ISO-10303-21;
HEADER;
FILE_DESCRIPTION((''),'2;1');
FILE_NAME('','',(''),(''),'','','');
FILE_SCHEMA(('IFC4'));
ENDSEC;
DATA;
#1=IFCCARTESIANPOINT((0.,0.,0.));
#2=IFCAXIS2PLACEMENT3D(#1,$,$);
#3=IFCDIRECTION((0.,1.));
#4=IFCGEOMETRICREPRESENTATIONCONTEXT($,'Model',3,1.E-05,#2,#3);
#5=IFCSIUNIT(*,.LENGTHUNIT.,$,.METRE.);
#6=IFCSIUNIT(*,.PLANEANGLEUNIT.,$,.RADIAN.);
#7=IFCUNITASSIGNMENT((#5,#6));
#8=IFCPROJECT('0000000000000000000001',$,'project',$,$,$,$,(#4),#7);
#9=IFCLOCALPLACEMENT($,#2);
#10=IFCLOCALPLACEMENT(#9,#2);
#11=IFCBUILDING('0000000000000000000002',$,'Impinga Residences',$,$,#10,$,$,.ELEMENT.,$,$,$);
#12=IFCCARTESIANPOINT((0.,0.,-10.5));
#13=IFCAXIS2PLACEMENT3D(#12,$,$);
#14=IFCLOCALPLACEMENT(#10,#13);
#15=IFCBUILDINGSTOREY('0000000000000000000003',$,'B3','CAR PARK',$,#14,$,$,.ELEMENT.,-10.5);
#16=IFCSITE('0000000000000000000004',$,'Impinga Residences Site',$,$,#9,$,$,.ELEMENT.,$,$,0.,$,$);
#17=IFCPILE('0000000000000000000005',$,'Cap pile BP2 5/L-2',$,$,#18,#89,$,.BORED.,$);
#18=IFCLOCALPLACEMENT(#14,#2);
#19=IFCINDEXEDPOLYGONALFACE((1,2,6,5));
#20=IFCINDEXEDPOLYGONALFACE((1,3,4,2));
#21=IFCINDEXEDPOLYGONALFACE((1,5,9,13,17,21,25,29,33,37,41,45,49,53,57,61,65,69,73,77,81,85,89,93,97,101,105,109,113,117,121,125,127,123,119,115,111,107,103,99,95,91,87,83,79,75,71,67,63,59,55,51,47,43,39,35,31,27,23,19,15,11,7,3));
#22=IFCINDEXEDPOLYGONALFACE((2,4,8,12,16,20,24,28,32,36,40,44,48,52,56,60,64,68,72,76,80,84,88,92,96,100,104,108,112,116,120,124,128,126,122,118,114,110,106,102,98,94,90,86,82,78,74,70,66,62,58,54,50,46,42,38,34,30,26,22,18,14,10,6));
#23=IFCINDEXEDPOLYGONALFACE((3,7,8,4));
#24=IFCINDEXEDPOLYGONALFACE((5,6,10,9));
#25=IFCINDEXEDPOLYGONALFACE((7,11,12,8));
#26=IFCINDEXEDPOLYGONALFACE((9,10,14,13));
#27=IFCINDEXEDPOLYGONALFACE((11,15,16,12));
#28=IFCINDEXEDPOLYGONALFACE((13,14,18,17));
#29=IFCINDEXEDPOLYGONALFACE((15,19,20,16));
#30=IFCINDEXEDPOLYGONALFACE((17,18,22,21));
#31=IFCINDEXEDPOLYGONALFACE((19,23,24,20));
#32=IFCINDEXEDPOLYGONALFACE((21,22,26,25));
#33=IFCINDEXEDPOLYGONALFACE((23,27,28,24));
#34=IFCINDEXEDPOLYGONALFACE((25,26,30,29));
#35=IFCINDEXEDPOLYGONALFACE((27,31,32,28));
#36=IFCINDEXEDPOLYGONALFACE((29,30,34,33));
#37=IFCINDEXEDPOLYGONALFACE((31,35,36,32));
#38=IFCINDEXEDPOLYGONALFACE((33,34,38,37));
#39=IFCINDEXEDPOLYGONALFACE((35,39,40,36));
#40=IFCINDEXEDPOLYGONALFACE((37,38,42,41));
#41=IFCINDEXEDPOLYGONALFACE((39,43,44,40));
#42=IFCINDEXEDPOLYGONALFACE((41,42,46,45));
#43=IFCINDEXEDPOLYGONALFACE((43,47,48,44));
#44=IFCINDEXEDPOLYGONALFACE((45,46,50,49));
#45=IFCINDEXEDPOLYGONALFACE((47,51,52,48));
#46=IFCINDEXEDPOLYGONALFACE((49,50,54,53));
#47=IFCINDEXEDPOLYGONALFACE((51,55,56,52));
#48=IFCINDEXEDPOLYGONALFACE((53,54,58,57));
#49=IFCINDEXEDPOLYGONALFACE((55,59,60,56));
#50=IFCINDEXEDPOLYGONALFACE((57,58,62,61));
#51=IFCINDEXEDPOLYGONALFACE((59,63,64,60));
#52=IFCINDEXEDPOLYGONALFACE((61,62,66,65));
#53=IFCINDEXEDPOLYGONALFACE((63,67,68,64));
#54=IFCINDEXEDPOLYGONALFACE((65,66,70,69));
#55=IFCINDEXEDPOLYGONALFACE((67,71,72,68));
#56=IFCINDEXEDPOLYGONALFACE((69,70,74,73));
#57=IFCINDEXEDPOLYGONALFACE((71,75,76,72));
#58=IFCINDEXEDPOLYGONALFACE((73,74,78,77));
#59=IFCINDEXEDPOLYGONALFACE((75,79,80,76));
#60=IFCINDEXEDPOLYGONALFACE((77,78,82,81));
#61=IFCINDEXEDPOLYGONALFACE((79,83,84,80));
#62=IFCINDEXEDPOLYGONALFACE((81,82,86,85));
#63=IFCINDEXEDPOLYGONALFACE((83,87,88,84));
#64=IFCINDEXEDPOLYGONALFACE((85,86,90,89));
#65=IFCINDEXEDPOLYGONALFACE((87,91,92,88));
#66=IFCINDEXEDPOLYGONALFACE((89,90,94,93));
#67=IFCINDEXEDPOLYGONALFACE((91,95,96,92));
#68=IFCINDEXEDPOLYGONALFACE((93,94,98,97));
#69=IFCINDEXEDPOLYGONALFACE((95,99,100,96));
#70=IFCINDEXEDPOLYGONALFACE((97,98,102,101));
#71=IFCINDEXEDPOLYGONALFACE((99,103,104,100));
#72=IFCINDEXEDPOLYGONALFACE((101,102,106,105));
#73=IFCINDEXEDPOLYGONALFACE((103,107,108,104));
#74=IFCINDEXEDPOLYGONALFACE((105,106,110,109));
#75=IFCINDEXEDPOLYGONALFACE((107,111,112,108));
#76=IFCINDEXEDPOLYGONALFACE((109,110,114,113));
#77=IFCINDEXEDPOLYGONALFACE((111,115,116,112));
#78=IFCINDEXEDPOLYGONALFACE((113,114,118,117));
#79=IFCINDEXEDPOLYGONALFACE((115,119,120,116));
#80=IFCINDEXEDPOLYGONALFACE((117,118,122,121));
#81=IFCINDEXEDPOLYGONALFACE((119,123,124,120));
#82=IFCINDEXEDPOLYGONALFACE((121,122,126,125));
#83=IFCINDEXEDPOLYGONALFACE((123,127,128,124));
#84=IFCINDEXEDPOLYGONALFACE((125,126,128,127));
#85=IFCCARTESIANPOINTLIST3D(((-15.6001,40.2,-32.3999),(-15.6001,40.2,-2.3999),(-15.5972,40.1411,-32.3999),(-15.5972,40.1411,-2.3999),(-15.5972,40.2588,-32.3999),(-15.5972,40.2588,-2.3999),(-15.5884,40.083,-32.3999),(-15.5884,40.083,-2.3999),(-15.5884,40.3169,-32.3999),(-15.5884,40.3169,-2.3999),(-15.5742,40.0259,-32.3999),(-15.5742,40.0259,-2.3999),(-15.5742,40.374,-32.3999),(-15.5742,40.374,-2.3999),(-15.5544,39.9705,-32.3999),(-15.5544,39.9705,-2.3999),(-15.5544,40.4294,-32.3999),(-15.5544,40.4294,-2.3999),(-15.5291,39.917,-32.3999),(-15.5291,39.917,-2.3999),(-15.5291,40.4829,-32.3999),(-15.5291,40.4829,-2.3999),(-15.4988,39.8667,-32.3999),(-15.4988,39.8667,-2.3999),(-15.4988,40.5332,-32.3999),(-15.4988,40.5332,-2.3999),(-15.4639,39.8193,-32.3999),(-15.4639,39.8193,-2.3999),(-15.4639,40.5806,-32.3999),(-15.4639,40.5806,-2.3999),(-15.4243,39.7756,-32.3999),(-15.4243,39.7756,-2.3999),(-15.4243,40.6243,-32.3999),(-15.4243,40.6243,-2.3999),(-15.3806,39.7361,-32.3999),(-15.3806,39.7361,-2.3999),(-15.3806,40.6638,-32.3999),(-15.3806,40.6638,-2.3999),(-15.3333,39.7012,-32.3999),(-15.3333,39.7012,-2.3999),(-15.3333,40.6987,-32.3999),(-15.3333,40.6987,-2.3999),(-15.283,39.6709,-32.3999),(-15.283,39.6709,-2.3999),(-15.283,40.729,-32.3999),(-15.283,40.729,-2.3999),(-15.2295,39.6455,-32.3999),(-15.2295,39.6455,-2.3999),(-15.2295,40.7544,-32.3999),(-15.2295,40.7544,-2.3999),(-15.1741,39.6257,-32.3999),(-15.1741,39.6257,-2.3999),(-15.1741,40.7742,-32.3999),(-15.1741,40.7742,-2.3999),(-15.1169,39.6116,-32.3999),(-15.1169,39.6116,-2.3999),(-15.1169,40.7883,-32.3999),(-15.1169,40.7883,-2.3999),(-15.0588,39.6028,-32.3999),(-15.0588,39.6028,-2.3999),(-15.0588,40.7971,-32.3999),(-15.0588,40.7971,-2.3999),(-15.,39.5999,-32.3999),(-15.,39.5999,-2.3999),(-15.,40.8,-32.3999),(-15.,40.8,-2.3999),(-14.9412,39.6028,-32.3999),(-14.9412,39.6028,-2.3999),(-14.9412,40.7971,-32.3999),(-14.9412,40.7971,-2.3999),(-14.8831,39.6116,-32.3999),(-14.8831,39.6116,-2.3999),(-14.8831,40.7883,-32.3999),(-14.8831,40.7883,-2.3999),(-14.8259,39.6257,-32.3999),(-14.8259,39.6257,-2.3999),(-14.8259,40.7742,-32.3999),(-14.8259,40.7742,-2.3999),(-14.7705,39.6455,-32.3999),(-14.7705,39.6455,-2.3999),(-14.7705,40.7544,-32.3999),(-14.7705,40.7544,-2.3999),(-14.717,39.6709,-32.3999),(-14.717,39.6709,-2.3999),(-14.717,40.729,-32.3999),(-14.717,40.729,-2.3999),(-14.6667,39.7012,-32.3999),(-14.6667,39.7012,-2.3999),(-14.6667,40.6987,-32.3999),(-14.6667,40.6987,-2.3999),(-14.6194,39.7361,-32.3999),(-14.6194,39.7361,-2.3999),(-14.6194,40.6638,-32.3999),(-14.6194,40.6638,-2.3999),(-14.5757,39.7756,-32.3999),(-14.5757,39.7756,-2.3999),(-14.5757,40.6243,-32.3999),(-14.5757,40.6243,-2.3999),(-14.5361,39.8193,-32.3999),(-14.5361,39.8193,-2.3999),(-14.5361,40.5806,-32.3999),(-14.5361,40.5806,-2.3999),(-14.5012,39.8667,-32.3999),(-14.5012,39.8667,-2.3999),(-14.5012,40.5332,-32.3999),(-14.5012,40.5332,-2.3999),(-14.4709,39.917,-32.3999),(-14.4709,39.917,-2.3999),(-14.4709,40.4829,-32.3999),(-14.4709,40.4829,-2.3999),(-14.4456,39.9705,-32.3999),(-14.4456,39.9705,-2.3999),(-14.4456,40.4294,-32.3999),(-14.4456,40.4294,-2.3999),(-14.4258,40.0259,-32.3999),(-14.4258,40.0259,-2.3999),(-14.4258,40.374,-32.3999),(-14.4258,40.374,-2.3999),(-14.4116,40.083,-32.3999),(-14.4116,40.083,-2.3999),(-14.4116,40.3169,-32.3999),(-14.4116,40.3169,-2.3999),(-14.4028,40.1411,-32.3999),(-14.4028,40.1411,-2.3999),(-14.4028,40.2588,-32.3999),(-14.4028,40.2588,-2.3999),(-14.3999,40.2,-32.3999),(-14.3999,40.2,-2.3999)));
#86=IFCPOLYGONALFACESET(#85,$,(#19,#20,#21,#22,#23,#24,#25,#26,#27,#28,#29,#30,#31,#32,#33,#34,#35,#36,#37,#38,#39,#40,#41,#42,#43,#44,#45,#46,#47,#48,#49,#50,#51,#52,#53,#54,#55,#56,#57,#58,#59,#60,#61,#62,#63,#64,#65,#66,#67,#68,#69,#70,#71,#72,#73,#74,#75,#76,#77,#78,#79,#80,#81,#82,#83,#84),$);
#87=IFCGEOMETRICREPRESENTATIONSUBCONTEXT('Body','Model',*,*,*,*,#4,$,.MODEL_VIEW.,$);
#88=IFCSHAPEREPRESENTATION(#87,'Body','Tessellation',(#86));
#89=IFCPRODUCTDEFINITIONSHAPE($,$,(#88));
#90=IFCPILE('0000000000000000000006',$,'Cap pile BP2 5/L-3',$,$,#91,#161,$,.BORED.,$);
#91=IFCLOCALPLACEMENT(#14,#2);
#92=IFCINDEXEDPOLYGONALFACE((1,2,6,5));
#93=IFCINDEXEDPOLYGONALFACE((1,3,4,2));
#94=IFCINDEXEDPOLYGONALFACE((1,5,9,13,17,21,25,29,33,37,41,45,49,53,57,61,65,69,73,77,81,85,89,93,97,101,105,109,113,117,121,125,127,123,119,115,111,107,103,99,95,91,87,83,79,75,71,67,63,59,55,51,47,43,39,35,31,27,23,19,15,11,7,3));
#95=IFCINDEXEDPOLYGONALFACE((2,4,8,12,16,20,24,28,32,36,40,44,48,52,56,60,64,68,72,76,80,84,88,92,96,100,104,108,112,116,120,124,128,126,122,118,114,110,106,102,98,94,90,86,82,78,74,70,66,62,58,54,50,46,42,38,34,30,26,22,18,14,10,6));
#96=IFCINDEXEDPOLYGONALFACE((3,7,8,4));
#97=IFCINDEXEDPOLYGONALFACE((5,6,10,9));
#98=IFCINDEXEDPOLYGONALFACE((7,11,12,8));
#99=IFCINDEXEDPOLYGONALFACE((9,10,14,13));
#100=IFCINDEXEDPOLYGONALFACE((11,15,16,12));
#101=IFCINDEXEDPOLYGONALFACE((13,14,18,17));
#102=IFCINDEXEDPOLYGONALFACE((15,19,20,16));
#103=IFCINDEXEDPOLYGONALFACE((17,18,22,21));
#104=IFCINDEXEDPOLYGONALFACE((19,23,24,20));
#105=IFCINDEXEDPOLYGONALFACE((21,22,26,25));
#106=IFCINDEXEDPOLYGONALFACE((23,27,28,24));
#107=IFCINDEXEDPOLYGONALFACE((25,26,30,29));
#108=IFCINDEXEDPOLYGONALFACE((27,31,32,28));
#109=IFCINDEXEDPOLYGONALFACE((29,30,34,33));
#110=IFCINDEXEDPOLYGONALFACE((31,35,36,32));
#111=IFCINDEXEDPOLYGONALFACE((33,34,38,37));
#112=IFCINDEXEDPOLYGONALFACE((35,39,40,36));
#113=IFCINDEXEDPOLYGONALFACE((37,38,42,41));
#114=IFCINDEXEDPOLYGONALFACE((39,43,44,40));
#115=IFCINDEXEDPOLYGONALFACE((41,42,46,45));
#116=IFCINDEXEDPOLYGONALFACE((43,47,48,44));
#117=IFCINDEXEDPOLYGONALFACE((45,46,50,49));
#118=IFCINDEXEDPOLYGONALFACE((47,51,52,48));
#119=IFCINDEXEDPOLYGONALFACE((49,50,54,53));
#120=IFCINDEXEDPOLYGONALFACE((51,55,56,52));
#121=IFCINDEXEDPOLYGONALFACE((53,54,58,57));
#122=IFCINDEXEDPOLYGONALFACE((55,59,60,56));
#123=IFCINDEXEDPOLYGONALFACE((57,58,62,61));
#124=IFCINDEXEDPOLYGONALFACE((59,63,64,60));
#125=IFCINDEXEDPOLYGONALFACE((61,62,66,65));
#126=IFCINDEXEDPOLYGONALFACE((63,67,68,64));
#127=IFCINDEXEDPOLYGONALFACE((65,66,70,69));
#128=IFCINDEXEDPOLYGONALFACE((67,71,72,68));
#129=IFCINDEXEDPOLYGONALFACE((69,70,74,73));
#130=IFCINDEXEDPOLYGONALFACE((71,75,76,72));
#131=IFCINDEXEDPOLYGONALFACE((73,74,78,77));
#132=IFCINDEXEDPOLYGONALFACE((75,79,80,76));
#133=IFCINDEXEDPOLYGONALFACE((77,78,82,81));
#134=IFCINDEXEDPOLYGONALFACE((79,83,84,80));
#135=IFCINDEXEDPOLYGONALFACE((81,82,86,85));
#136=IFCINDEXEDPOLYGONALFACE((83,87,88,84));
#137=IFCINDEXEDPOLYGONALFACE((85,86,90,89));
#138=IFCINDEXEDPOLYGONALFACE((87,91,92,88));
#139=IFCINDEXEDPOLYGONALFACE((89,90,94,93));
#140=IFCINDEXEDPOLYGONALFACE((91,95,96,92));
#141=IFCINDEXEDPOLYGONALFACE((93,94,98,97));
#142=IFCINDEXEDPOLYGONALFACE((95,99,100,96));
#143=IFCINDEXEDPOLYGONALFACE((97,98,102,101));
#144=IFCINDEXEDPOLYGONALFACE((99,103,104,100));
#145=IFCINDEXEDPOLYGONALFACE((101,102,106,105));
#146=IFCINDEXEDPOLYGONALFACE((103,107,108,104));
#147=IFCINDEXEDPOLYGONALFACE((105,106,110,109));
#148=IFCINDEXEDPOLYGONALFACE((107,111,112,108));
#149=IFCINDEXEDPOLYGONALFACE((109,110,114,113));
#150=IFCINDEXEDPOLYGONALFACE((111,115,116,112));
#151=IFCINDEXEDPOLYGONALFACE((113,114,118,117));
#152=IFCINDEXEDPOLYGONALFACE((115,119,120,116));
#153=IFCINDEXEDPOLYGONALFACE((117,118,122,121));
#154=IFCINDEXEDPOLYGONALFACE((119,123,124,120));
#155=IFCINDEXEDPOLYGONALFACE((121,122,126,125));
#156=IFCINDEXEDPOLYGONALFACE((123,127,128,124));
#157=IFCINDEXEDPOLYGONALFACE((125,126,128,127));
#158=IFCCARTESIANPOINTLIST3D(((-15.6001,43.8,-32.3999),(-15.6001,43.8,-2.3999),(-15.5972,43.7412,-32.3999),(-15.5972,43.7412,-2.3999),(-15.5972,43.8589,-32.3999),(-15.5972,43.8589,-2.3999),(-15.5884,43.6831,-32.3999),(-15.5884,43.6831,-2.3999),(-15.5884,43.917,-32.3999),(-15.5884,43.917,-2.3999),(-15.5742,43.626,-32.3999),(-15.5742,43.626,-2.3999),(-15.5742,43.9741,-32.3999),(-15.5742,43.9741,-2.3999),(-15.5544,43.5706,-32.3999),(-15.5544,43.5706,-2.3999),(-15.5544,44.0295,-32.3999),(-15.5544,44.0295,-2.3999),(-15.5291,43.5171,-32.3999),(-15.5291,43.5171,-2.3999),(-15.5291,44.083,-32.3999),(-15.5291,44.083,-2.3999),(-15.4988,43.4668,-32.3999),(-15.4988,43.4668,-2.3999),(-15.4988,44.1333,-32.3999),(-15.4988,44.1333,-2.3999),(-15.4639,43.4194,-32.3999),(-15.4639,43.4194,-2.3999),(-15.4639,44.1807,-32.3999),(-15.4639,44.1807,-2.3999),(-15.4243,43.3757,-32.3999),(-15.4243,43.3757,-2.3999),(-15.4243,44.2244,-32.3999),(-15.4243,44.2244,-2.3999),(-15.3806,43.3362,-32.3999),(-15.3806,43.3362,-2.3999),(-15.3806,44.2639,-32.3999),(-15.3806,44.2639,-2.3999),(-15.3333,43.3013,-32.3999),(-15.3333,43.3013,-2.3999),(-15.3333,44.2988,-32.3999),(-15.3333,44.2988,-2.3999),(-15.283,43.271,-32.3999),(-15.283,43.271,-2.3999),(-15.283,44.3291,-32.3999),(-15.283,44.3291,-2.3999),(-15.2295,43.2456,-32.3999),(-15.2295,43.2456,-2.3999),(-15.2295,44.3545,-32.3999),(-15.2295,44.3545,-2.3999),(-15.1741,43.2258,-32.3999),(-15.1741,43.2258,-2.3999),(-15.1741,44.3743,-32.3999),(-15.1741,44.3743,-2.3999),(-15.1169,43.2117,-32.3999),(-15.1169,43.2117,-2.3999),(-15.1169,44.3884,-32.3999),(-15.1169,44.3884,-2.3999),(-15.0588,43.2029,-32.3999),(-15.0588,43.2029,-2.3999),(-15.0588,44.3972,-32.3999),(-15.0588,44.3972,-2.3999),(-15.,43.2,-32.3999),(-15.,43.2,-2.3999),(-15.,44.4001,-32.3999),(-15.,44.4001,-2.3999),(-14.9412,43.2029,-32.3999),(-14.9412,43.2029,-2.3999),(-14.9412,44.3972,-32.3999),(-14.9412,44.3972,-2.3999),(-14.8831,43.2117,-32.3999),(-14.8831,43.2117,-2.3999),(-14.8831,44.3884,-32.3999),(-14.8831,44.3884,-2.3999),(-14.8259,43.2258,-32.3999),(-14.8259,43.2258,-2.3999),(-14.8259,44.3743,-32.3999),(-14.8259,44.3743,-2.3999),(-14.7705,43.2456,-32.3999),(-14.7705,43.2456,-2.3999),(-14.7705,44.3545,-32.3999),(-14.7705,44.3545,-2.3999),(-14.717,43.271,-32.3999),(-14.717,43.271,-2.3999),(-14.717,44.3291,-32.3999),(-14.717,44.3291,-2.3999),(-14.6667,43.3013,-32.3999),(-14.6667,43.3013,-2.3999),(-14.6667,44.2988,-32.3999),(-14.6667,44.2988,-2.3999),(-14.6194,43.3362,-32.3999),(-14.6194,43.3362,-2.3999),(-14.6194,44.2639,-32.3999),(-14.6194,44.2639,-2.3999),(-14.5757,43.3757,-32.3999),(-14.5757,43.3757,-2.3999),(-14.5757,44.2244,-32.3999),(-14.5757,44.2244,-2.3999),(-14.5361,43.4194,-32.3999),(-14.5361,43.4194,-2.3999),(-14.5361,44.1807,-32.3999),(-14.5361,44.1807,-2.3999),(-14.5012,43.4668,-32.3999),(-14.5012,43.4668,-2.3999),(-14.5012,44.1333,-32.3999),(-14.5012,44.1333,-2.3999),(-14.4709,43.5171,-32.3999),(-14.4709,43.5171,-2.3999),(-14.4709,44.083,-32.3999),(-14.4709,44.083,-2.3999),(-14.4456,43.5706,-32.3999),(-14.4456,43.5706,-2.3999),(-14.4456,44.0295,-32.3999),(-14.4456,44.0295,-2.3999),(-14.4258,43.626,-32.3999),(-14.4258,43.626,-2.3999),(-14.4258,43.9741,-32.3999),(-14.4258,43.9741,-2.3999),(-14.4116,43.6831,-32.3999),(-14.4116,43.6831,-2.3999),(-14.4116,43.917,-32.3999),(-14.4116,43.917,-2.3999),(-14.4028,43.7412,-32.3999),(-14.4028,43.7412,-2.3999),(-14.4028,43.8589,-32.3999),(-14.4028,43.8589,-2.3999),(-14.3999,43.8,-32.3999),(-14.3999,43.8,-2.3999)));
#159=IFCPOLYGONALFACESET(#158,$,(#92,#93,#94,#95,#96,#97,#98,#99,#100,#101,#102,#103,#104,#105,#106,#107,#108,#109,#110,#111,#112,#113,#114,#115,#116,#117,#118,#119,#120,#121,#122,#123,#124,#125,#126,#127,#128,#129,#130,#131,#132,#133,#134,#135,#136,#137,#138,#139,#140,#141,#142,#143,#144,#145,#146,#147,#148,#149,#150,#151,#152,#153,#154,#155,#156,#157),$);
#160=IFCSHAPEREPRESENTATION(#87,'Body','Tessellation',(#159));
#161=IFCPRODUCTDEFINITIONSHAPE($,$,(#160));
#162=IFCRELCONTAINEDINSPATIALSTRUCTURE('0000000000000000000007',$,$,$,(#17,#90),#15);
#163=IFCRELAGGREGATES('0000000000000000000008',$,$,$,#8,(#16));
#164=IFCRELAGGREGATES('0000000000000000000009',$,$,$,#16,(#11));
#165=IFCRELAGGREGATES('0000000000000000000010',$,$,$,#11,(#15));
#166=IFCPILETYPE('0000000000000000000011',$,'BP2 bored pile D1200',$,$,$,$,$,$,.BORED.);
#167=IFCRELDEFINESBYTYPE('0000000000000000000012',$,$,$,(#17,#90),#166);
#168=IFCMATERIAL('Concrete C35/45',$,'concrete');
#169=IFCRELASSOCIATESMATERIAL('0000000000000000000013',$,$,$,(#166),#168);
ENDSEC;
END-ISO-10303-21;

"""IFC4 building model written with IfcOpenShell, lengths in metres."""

from ifc_helpers import new_model, si_unit, direction, frame, origin, origin_2d, place, context, subcontext, project, spatial, polyline, circle, outline, extrude, material, material_profile, profile_set, type_object, element, save


model = new_model("IFC4")

# Units and contexts
model_context = context("Model", 3, precision=1e-05, world=origin(), true_north=direction((0.0, 1.0)))
body_context = subcontext(model_context, "Body", "Model", "MODEL_VIEW")
ifc_project = project(units=[si_unit("LENGTHUNIT", "METRE"), si_unit("PLANEANGLEUNIT", "RADIAN")], contexts=[model_context])

# Site, building, storey
site_placement = place(None, origin())
site = spatial("IfcSite", under=ifc_project, at=site_placement, Name="Impinga Residences Site", CompositionType="ELEMENT", RefElevation=0.0)
building_placement = place(site_placement, origin())
building = spatial("IfcBuilding", under=site, at=building_placement, Name="Impinga Residences", CompositionType="ELEMENT")
storey_placement = place(building_placement, frame((0.0, 0.0, -10.5)))
storey = spatial("IfcBuildingStorey", under=building, at=storey_placement, Name="B3", Description="CAR PARK", CompositionType="ELEMENT", Elevation=-10.5)

# Piles
ifc_material_1 = material(Name="Concrete C35/45", Category="concrete")
ifc_material_profile_1 = material_profile(ifc_material_1, circle(Radius=0.6001, at=origin_2d()), Name="D1200")
ifc_profile_set_1 = profile_set([ifc_material_profile_1], Name="Concrete C35/45")
pile_type_1 = type_object("IfcPileType", Name="BP2 bored pile D1200", PredefinedType="BORED", material=ifc_profile_set_1)
pile_1_placement = place(storey_placement, frame((-15.0, 40.2, -2.3999), z_axis=(0.0, 0.0, -1.0), x_axis=(1.0, 0.0, 0.0)))
element("IfcPile", 1, at=pile_1_placement, inside=storey, type_object=pile_type_1, Name="Cap pile BP2 5/L-2", PredefinedType="BORED", context=body_context, shape_type="SweptSolid", body=[
    extrude(outline(polyline([(0.6001, 0.0), (0.5972, 0.0588), (0.5884, 0.1169), (0.5742, 0.1741), (0.5544, 0.2295), (0.5291, 0.283), (0.4988, 0.3333), (0.4639, 0.3806), (0.4243, 0.4243), (0.3806, 0.4639), (0.3333, 0.4988), (0.283, 0.5291), (0.2295, 0.5544), (0.1741, 0.5742), (0.1169, 0.5884), (0.0588, 0.5972), (0.0, 0.6001), (-0.0588, 0.5972), (-0.1169, 0.5884), (-0.1741, 0.5742), (-0.2295, 0.5544), (-0.283, 0.5291), (-0.3333, 0.4988), (-0.3806, 0.4639), (-0.4243, 0.4243), (-0.4639, 0.3806), (-0.4988, 0.3333), (-0.5291, 0.283), (-0.5544, 0.2295), (-0.5742, 0.1741), (-0.5884, 0.1169), (-0.5972, 0.0588), (-0.6001, 0.0), (-0.5972, -0.0588), (-0.5884, -0.1169), (-0.5742, -0.1741), (-0.5544, -0.2295), (-0.5291, -0.283), (-0.4988, -0.3333), (-0.4639, -0.3806), (-0.4243, -0.4243), (-0.3806, -0.4639), (-0.3333, -0.4988), (-0.283, -0.5291), (-0.2295, -0.5544), (-0.1741, -0.5742), (-0.1169, -0.5884), (-0.0588, -0.5972), (0.0, -0.6001), (0.0588, -0.5972), (0.1169, -0.5884), (0.1741, -0.5742), (0.2295, -0.5544), (0.283, -0.5291), (0.3333, -0.4988), (0.3806, -0.4639), (0.4243, -0.4243), (0.4639, -0.3806), (0.4988, -0.3333), (0.5291, -0.283), (0.5544, -0.2295), (0.5742, -0.1741), (0.5884, -0.1169), (0.5972, -0.0588), (0.6001, 0.0)])), origin(), (0.0, 0.0, 1.0), 30.0),
])
pile_2_placement = place(storey_placement, frame((-15.0, 43.8, -2.3999), z_axis=(0.0, 0.0, -1.0), x_axis=(1.0, 0.0, 0.0)))
element("IfcPile", 2, at=pile_2_placement, inside=storey, type_object=pile_type_1, Name="Cap pile BP2 5/L-3", PredefinedType="BORED", context=body_context, shape_type="SweptSolid", body=[
    extrude(outline(polyline([(0.6001, 0.0), (0.5972, 0.0588), (0.5884, 0.1169), (0.5742, 0.1741), (0.5544, 0.2295), (0.5291, 0.283), (0.4988, 0.3333), (0.4639, 0.3806), (0.4243, 0.4243), (0.3806, 0.4639), (0.3333, 0.4988), (0.283, 0.5291), (0.2295, 0.5544), (0.1741, 0.5742), (0.1169, 0.5884), (0.0588, 0.5972), (0.0, 0.6001), (-0.0588, 0.5972), (-0.1169, 0.5884), (-0.1741, 0.5742), (-0.2295, 0.5544), (-0.283, 0.5291), (-0.3333, 0.4988), (-0.3806, 0.4639), (-0.4243, 0.4243), (-0.4639, 0.3806), (-0.4988, 0.3333), (-0.5291, 0.283), (-0.5544, 0.2295), (-0.5742, 0.1741), (-0.5884, 0.1169), (-0.5972, 0.0588), (-0.6001, 0.0), (-0.5972, -0.0588), (-0.5884, -0.1169), (-0.5742, -0.1741), (-0.5544, -0.2295), (-0.5291, -0.283), (-0.4988, -0.3333), (-0.4639, -0.3806), (-0.4243, -0.4243), (-0.3806, -0.4639), (-0.3333, -0.4988), (-0.283, -0.5291), (-0.2295, -0.5544), (-0.1741, -0.5742), (-0.1169, -0.5884), (-0.0588, -0.5972), (0.0, -0.6001), (0.0588, -0.5972), (0.1169, -0.5884), (0.1741, -0.5742), (0.2295, -0.5544), (0.283, -0.5291), (0.3333, -0.4988), (0.3806, -0.4639), (0.4243, -0.4243), (0.4639, -0.3806), (0.4988, -0.3333), (0.5291, -0.283), (0.5544, -0.2295), (0.5742, -0.1741), (0.5884, -0.1169), (0.5972, -0.0588), (0.6001, 0.0)])), origin(), (0.0, 0.0, 1.0), 30.0),
])

save(model, "model.ifc")
